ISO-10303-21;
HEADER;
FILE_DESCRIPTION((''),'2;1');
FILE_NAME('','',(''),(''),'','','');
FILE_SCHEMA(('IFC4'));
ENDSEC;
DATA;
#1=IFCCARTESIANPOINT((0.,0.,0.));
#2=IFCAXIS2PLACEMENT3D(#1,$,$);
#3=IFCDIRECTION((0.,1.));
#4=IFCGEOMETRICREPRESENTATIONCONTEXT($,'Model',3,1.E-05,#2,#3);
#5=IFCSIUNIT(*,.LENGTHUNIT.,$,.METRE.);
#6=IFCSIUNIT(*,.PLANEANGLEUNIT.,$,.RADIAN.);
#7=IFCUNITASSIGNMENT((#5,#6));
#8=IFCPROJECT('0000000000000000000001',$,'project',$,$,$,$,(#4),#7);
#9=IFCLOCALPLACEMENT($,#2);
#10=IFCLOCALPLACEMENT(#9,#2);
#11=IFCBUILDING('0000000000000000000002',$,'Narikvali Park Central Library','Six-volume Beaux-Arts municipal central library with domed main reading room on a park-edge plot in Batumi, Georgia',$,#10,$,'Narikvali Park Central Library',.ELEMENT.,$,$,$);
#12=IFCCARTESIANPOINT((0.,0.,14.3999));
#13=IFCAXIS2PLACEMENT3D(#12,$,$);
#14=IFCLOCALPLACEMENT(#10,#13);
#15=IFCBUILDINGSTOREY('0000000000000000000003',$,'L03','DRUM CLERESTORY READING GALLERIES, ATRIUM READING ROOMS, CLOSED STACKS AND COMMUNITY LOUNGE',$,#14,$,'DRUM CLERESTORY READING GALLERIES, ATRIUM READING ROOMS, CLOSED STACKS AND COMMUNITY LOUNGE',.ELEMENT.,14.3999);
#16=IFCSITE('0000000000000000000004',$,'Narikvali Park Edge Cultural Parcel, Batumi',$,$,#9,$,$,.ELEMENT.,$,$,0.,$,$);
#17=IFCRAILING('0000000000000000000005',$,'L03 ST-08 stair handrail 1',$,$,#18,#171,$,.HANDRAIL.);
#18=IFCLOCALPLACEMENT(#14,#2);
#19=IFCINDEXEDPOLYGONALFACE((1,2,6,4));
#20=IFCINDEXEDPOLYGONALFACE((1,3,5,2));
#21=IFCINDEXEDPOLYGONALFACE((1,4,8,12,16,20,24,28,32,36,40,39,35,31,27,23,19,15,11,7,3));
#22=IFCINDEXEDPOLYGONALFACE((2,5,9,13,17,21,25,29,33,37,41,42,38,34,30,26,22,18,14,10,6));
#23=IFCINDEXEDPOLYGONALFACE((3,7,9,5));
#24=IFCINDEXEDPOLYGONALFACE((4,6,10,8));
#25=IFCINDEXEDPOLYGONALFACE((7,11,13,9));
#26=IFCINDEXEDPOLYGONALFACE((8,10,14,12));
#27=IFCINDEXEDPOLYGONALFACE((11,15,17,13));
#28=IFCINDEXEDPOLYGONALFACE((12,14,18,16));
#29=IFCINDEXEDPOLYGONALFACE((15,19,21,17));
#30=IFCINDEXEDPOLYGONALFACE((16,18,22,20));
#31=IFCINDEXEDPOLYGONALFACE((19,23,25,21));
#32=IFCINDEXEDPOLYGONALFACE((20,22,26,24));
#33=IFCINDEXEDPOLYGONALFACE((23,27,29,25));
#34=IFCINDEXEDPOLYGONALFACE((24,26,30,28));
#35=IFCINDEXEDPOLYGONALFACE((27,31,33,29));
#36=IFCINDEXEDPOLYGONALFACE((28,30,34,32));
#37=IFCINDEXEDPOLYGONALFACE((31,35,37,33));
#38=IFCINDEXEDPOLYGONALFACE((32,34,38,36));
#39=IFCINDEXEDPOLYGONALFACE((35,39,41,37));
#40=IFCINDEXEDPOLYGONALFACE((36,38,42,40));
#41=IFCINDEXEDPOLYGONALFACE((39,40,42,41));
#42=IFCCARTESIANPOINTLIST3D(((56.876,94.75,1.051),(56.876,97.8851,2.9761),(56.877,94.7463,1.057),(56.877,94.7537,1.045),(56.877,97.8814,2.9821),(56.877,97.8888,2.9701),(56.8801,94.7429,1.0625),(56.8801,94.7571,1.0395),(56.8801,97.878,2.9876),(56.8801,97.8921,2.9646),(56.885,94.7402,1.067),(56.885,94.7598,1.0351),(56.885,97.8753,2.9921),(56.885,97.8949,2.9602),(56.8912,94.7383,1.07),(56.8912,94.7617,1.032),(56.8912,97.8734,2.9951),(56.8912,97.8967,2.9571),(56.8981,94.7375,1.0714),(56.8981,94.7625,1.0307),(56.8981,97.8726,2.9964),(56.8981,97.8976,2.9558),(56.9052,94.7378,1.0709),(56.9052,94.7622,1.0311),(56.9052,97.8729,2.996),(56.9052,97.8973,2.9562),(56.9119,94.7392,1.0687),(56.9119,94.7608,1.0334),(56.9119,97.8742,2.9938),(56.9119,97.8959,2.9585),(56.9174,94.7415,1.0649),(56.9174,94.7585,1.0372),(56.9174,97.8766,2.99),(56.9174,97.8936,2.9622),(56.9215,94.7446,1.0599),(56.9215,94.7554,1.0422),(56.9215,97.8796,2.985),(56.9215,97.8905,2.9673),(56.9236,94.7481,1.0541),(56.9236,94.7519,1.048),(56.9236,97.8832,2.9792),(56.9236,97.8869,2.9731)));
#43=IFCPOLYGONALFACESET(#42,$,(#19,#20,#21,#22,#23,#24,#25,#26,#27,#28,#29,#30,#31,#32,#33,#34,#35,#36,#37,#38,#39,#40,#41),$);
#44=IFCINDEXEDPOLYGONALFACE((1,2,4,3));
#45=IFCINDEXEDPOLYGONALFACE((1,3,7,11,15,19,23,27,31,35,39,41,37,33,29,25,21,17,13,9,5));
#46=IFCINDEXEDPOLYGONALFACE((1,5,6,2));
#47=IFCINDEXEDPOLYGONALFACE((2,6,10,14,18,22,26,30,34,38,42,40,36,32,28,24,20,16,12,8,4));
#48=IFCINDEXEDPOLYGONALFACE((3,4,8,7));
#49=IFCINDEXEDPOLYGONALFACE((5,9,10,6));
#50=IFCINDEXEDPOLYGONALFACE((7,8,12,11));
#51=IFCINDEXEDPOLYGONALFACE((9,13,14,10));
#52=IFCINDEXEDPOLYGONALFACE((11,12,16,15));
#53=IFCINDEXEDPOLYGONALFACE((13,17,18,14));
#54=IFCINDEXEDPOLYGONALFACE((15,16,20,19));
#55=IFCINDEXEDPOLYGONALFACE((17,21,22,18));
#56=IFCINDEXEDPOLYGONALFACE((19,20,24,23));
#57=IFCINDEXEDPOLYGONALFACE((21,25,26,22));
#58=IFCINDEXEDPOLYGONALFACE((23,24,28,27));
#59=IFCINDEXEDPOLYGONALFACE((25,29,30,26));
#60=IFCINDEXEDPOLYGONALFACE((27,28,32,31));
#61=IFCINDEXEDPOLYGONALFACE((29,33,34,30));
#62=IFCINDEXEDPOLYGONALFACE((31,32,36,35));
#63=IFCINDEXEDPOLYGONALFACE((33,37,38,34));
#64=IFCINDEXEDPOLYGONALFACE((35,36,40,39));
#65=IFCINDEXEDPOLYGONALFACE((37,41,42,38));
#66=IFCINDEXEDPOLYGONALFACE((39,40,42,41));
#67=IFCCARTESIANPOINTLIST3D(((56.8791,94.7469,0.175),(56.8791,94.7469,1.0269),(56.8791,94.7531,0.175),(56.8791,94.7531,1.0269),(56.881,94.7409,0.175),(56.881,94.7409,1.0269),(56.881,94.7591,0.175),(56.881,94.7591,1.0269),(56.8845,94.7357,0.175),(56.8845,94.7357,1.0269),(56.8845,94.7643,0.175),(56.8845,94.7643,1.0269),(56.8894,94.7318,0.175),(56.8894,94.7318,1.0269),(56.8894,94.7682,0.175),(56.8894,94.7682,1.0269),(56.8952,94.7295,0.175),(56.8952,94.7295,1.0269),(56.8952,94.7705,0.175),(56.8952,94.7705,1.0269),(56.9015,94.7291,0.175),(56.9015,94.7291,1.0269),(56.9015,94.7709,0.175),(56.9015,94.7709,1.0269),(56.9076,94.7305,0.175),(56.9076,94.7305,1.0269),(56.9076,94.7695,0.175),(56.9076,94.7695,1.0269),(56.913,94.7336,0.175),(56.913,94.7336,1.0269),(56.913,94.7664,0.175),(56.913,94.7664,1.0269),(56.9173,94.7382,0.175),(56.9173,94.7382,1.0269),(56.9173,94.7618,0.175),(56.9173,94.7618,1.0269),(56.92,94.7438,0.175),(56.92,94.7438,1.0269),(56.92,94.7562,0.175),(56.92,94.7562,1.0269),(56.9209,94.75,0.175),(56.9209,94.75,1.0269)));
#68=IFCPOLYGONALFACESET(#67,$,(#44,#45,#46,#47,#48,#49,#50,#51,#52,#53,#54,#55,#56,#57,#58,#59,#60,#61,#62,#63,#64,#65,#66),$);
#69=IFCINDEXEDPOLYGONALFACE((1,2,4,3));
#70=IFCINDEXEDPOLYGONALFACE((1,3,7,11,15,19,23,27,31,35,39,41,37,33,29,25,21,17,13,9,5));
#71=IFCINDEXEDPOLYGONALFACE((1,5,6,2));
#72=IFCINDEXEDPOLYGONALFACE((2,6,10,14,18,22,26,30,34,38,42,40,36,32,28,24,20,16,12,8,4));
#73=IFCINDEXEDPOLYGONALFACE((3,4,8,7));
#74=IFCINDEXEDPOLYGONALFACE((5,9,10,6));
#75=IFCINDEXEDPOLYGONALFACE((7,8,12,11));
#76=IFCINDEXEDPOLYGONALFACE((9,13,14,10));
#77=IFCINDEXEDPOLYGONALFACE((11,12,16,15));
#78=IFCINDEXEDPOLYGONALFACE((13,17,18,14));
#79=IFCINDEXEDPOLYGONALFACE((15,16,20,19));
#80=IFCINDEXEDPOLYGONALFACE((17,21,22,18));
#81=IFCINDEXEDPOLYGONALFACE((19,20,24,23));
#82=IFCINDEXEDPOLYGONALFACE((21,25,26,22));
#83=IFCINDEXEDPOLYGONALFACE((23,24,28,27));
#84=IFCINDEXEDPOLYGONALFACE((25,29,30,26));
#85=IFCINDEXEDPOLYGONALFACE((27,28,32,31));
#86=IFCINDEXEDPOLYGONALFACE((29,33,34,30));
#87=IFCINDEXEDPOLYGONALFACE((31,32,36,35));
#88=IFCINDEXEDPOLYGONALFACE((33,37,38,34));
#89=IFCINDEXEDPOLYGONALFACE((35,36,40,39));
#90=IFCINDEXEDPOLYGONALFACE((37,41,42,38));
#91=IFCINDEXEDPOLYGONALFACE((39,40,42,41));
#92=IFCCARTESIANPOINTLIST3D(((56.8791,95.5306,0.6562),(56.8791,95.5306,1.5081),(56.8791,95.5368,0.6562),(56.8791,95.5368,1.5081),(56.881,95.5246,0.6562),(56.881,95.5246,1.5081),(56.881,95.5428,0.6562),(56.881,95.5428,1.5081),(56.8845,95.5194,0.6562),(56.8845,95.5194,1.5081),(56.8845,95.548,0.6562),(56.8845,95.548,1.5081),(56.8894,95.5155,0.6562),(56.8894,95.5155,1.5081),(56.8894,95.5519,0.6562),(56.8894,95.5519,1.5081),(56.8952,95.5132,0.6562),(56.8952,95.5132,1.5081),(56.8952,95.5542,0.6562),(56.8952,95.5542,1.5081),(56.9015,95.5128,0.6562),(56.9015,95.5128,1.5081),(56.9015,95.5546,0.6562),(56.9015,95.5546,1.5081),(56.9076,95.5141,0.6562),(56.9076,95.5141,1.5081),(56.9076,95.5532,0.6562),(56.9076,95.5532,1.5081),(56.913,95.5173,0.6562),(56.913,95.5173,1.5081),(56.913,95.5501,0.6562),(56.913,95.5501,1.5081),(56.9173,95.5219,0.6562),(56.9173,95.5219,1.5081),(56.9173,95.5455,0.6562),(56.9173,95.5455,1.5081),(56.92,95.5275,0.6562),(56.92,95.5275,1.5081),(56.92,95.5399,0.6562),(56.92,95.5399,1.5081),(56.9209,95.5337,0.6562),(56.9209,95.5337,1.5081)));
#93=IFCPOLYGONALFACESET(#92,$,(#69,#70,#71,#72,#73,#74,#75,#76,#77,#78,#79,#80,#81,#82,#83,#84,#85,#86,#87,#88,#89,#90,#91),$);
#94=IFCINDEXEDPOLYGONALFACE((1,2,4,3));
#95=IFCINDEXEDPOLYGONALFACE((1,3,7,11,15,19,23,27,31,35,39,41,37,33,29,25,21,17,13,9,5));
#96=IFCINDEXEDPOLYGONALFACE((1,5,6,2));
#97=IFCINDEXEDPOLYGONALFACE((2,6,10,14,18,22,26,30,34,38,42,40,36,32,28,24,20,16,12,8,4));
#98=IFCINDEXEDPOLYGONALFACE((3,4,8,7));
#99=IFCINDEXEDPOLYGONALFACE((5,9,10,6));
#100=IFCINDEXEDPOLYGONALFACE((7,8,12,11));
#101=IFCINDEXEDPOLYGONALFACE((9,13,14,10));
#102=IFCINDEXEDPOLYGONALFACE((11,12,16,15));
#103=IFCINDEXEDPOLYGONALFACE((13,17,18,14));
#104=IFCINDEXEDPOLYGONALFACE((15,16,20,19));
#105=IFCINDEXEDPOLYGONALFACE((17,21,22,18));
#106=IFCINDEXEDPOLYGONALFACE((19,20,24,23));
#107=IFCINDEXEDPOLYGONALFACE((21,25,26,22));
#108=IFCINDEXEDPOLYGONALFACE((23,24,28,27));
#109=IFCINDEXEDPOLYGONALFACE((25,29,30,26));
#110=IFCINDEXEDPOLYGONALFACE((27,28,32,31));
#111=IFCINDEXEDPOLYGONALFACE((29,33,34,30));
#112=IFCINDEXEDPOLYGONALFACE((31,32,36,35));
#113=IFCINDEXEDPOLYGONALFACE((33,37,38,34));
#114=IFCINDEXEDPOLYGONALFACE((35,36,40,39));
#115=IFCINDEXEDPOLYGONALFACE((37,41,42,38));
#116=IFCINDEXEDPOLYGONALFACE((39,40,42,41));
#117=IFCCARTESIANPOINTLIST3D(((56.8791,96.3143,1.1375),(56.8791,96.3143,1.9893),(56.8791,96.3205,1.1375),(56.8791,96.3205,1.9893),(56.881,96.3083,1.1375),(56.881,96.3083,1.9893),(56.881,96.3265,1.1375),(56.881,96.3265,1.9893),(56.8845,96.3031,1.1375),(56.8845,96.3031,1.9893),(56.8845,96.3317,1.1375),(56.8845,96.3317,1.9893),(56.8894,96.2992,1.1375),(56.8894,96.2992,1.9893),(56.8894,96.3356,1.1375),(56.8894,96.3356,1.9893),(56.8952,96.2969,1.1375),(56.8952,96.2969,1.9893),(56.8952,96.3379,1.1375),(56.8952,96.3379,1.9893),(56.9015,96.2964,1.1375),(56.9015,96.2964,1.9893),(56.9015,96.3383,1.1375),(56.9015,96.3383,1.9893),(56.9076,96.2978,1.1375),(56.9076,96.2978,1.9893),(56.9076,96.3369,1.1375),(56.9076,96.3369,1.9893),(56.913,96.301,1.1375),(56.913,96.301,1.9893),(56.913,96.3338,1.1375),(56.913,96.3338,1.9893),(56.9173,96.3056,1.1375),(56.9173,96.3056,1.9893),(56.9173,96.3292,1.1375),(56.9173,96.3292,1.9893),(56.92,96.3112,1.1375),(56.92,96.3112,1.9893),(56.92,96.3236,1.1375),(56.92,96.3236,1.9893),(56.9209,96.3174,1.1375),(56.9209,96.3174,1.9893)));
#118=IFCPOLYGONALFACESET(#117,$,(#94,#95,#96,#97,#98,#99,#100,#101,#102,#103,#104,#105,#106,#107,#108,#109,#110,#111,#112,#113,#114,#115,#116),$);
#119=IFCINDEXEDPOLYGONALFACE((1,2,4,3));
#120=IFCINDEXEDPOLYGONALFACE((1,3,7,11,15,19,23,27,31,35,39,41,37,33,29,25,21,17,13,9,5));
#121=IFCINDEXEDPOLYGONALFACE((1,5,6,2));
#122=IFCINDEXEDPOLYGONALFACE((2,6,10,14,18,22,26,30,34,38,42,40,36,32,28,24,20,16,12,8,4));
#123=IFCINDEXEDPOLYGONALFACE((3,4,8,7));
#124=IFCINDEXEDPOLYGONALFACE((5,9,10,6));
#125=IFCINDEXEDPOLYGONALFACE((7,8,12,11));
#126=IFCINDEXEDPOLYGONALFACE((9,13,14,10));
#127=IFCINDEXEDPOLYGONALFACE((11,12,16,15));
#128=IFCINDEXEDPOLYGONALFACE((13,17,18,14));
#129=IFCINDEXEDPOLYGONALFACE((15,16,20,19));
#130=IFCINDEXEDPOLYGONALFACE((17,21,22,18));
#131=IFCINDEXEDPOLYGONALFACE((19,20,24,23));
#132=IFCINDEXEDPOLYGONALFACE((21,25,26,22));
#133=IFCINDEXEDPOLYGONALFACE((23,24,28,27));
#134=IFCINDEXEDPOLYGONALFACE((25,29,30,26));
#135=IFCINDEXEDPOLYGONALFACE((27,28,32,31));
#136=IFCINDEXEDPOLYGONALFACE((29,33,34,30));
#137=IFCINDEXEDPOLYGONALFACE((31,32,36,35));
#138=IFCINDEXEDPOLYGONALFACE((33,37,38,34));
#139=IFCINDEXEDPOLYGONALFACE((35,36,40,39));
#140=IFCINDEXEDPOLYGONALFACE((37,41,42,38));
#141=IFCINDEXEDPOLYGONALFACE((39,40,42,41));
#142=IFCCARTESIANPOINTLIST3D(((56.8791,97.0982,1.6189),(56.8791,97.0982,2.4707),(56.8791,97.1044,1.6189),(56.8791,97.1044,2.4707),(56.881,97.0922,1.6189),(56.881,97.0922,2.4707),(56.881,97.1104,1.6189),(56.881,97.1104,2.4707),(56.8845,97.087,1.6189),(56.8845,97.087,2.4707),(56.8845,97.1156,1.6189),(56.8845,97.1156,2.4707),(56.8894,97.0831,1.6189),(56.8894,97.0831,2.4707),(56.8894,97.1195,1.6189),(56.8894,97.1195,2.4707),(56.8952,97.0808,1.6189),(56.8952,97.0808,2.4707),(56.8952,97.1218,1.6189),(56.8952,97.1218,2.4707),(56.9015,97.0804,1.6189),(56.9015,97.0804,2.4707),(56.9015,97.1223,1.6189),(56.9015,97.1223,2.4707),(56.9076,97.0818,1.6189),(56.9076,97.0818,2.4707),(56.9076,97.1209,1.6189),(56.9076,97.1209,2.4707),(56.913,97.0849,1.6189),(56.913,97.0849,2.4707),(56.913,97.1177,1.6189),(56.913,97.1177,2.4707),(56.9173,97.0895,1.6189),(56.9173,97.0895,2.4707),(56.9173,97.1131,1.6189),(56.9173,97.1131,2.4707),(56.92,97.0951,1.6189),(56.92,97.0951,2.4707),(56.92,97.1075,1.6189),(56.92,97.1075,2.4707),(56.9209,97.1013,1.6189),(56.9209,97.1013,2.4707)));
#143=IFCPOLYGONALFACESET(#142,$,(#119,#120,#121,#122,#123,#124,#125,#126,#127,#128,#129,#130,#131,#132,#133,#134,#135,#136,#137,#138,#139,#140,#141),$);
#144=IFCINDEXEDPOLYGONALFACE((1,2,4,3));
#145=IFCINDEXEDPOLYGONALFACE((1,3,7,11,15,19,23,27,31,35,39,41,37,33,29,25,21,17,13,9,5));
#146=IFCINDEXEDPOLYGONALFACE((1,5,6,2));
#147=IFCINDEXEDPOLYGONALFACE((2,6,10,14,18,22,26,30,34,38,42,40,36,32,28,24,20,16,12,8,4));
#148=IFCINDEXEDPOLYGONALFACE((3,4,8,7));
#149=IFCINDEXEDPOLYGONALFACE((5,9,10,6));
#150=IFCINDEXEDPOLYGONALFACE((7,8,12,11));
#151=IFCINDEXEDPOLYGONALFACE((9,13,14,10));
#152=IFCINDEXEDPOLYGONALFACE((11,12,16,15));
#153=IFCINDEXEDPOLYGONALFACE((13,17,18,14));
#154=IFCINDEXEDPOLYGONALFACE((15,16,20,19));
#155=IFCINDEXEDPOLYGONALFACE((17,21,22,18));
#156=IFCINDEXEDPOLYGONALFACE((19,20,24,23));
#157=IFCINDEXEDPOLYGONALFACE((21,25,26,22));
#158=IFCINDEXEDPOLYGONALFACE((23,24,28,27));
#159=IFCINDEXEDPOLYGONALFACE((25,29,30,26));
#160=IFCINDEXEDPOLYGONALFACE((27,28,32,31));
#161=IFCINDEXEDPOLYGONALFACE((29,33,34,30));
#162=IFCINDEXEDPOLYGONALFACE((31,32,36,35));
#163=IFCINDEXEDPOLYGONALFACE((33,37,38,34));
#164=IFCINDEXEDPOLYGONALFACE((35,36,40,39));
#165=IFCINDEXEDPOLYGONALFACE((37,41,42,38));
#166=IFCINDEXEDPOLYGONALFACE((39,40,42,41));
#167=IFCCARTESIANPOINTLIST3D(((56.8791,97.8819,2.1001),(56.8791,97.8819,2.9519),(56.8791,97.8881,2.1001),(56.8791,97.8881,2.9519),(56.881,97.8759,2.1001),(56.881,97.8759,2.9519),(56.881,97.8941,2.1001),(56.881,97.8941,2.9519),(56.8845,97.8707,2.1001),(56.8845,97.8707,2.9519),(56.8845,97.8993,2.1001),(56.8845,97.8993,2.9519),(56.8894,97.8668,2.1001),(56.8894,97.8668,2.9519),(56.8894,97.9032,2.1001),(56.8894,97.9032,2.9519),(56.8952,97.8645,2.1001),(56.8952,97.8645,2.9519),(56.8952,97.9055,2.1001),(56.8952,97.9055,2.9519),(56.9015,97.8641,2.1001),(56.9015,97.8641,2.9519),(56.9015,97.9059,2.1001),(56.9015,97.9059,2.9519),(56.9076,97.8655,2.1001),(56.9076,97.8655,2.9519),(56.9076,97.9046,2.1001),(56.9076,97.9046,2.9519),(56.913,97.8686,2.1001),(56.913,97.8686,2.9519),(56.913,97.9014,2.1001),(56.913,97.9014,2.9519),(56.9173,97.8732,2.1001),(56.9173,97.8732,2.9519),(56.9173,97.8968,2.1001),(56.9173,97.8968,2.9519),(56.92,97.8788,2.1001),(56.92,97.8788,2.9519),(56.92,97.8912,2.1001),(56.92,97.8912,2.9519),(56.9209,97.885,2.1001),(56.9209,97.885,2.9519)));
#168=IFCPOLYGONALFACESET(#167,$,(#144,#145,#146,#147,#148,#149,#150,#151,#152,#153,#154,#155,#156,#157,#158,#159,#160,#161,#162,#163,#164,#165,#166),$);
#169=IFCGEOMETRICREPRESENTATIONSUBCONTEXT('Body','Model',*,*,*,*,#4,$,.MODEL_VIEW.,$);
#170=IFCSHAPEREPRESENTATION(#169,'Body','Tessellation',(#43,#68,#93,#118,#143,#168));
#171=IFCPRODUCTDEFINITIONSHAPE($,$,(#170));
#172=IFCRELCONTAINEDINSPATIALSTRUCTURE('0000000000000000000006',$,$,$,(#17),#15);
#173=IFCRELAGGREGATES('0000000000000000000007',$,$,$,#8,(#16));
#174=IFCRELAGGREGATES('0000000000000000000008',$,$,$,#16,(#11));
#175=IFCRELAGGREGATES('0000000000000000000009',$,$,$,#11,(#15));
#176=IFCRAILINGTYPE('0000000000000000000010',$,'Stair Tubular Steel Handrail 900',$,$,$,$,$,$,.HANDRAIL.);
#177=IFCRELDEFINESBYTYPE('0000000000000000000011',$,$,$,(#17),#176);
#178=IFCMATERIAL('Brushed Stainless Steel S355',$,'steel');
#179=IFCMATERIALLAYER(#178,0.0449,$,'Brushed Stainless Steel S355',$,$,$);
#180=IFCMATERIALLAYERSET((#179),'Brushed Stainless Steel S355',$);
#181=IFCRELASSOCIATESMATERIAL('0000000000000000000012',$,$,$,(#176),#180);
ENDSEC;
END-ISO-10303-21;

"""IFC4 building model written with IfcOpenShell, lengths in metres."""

from ifc_helpers import new_model, si_unit, direction, frame, origin, origin_2d, place, context, subcontext, project, spatial, circle, extrude, material, layer, layer_set, type_object, element, save


model = new_model("IFC4")

# Units and contexts
model_context = context("Model", 3, precision=1e-05, world=origin(), true_north=direction((0.0, 1.0)))
body_context = subcontext(model_context, "Body", "Model", "MODEL_VIEW")
ifc_project = project(units=[si_unit("LENGTHUNIT", "METRE"), si_unit("PLANEANGLEUNIT", "RADIAN")], contexts=[model_context])

# Site, building, storey
site_placement = place(None, origin())
site = spatial("IfcSite", under=ifc_project, at=site_placement, Name="Narikvali Park Edge Cultural Parcel, Batumi", CompositionType="ELEMENT", RefElevation=0.0)
building_placement = place(site_placement, origin())
building = spatial("IfcBuilding", under=site, at=building_placement, Name="Narikvali Park Central Library", Description="Six-volume Beaux-Arts municipal central library with domed main reading room on a park-edge plot in Batumi, Georgia", LongName="Narikvali Park Central Library", CompositionType="ELEMENT")
storey_placement = place(building_placement, frame((0.0, 0.0, 14.3999)))
storey = spatial("IfcBuildingStorey", under=building, at=storey_placement, Name="L03", Description="DRUM CLERESTORY READING GALLERIES, ATRIUM READING ROOMS, CLOSED STACKS AND COMMUNITY LOUNGE", LongName="DRUM CLERESTORY READING GALLERIES, ATRIUM READING ROOMS, CLOSED STACKS AND COMMUNITY LOUNGE", CompositionType="ELEMENT", Elevation=14.3999)

# Railing
ifc_material_1 = material(Name="Brushed Stainless Steel S355", Category="steel")
ifc_layer_1 = layer(ifc_material_1, 0.0449, Name="Brushed Stainless Steel S355")
ifc_layer_set_1 = layer_set([ifc_layer_1], Name="Brushed Stainless Steel S355")
railing_type_1 = type_object("IfcRailingType", Name="Stair Tubular Steel Handrail 900", PredefinedType="HANDRAIL", material=ifc_layer_set_1)
railing_1_placement = place(storey_placement, frame((56.8999, 94.75, 0.175)))
element("IfcRailing", 1, at=railing_1_placement, inside=storey, type_object=railing_type_1, Name="L03 ST-08 stair handrail 1", PredefinedType="HANDRAIL", context=body_context, shape_type="SweptSolid", body=[
    extrude(circle(Radius=0.0239, at=origin_2d()), frame((0.0, 0.0, 0.876), z_axis=(0.0, 0.852166, 0.523271), x_axis=(-1.0, 0.0, 0.0)), (0.0, 0.0, 1.0), 3.679),
    extrude(circle(Radius=0.021, at=origin_2d()), origin(), (0.0, 0.0, 1.0), 0.8518),
    extrude(circle(Radius=0.021, at=origin_2d()), frame((0.0, 0.7837, 0.4812)), (0.0, 0.0, 1.0), 0.8518),
    extrude(circle(Radius=0.021, at=origin_2d()), frame((0.0, 1.5674, 0.9624)), (0.0, 0.0, 1.0), 0.8518),
    extrude(circle(Radius=0.021, at=origin_2d()), frame((0.0, 2.3513, 1.4438)), (0.0, 0.0, 1.0), 0.8518),
    extrude(circle(Radius=0.021, at=origin_2d()), frame((0.0, 3.135, 1.925)), (0.0, 0.0, 1.0), 0.8518),
])

save(model, "model.ifc")
